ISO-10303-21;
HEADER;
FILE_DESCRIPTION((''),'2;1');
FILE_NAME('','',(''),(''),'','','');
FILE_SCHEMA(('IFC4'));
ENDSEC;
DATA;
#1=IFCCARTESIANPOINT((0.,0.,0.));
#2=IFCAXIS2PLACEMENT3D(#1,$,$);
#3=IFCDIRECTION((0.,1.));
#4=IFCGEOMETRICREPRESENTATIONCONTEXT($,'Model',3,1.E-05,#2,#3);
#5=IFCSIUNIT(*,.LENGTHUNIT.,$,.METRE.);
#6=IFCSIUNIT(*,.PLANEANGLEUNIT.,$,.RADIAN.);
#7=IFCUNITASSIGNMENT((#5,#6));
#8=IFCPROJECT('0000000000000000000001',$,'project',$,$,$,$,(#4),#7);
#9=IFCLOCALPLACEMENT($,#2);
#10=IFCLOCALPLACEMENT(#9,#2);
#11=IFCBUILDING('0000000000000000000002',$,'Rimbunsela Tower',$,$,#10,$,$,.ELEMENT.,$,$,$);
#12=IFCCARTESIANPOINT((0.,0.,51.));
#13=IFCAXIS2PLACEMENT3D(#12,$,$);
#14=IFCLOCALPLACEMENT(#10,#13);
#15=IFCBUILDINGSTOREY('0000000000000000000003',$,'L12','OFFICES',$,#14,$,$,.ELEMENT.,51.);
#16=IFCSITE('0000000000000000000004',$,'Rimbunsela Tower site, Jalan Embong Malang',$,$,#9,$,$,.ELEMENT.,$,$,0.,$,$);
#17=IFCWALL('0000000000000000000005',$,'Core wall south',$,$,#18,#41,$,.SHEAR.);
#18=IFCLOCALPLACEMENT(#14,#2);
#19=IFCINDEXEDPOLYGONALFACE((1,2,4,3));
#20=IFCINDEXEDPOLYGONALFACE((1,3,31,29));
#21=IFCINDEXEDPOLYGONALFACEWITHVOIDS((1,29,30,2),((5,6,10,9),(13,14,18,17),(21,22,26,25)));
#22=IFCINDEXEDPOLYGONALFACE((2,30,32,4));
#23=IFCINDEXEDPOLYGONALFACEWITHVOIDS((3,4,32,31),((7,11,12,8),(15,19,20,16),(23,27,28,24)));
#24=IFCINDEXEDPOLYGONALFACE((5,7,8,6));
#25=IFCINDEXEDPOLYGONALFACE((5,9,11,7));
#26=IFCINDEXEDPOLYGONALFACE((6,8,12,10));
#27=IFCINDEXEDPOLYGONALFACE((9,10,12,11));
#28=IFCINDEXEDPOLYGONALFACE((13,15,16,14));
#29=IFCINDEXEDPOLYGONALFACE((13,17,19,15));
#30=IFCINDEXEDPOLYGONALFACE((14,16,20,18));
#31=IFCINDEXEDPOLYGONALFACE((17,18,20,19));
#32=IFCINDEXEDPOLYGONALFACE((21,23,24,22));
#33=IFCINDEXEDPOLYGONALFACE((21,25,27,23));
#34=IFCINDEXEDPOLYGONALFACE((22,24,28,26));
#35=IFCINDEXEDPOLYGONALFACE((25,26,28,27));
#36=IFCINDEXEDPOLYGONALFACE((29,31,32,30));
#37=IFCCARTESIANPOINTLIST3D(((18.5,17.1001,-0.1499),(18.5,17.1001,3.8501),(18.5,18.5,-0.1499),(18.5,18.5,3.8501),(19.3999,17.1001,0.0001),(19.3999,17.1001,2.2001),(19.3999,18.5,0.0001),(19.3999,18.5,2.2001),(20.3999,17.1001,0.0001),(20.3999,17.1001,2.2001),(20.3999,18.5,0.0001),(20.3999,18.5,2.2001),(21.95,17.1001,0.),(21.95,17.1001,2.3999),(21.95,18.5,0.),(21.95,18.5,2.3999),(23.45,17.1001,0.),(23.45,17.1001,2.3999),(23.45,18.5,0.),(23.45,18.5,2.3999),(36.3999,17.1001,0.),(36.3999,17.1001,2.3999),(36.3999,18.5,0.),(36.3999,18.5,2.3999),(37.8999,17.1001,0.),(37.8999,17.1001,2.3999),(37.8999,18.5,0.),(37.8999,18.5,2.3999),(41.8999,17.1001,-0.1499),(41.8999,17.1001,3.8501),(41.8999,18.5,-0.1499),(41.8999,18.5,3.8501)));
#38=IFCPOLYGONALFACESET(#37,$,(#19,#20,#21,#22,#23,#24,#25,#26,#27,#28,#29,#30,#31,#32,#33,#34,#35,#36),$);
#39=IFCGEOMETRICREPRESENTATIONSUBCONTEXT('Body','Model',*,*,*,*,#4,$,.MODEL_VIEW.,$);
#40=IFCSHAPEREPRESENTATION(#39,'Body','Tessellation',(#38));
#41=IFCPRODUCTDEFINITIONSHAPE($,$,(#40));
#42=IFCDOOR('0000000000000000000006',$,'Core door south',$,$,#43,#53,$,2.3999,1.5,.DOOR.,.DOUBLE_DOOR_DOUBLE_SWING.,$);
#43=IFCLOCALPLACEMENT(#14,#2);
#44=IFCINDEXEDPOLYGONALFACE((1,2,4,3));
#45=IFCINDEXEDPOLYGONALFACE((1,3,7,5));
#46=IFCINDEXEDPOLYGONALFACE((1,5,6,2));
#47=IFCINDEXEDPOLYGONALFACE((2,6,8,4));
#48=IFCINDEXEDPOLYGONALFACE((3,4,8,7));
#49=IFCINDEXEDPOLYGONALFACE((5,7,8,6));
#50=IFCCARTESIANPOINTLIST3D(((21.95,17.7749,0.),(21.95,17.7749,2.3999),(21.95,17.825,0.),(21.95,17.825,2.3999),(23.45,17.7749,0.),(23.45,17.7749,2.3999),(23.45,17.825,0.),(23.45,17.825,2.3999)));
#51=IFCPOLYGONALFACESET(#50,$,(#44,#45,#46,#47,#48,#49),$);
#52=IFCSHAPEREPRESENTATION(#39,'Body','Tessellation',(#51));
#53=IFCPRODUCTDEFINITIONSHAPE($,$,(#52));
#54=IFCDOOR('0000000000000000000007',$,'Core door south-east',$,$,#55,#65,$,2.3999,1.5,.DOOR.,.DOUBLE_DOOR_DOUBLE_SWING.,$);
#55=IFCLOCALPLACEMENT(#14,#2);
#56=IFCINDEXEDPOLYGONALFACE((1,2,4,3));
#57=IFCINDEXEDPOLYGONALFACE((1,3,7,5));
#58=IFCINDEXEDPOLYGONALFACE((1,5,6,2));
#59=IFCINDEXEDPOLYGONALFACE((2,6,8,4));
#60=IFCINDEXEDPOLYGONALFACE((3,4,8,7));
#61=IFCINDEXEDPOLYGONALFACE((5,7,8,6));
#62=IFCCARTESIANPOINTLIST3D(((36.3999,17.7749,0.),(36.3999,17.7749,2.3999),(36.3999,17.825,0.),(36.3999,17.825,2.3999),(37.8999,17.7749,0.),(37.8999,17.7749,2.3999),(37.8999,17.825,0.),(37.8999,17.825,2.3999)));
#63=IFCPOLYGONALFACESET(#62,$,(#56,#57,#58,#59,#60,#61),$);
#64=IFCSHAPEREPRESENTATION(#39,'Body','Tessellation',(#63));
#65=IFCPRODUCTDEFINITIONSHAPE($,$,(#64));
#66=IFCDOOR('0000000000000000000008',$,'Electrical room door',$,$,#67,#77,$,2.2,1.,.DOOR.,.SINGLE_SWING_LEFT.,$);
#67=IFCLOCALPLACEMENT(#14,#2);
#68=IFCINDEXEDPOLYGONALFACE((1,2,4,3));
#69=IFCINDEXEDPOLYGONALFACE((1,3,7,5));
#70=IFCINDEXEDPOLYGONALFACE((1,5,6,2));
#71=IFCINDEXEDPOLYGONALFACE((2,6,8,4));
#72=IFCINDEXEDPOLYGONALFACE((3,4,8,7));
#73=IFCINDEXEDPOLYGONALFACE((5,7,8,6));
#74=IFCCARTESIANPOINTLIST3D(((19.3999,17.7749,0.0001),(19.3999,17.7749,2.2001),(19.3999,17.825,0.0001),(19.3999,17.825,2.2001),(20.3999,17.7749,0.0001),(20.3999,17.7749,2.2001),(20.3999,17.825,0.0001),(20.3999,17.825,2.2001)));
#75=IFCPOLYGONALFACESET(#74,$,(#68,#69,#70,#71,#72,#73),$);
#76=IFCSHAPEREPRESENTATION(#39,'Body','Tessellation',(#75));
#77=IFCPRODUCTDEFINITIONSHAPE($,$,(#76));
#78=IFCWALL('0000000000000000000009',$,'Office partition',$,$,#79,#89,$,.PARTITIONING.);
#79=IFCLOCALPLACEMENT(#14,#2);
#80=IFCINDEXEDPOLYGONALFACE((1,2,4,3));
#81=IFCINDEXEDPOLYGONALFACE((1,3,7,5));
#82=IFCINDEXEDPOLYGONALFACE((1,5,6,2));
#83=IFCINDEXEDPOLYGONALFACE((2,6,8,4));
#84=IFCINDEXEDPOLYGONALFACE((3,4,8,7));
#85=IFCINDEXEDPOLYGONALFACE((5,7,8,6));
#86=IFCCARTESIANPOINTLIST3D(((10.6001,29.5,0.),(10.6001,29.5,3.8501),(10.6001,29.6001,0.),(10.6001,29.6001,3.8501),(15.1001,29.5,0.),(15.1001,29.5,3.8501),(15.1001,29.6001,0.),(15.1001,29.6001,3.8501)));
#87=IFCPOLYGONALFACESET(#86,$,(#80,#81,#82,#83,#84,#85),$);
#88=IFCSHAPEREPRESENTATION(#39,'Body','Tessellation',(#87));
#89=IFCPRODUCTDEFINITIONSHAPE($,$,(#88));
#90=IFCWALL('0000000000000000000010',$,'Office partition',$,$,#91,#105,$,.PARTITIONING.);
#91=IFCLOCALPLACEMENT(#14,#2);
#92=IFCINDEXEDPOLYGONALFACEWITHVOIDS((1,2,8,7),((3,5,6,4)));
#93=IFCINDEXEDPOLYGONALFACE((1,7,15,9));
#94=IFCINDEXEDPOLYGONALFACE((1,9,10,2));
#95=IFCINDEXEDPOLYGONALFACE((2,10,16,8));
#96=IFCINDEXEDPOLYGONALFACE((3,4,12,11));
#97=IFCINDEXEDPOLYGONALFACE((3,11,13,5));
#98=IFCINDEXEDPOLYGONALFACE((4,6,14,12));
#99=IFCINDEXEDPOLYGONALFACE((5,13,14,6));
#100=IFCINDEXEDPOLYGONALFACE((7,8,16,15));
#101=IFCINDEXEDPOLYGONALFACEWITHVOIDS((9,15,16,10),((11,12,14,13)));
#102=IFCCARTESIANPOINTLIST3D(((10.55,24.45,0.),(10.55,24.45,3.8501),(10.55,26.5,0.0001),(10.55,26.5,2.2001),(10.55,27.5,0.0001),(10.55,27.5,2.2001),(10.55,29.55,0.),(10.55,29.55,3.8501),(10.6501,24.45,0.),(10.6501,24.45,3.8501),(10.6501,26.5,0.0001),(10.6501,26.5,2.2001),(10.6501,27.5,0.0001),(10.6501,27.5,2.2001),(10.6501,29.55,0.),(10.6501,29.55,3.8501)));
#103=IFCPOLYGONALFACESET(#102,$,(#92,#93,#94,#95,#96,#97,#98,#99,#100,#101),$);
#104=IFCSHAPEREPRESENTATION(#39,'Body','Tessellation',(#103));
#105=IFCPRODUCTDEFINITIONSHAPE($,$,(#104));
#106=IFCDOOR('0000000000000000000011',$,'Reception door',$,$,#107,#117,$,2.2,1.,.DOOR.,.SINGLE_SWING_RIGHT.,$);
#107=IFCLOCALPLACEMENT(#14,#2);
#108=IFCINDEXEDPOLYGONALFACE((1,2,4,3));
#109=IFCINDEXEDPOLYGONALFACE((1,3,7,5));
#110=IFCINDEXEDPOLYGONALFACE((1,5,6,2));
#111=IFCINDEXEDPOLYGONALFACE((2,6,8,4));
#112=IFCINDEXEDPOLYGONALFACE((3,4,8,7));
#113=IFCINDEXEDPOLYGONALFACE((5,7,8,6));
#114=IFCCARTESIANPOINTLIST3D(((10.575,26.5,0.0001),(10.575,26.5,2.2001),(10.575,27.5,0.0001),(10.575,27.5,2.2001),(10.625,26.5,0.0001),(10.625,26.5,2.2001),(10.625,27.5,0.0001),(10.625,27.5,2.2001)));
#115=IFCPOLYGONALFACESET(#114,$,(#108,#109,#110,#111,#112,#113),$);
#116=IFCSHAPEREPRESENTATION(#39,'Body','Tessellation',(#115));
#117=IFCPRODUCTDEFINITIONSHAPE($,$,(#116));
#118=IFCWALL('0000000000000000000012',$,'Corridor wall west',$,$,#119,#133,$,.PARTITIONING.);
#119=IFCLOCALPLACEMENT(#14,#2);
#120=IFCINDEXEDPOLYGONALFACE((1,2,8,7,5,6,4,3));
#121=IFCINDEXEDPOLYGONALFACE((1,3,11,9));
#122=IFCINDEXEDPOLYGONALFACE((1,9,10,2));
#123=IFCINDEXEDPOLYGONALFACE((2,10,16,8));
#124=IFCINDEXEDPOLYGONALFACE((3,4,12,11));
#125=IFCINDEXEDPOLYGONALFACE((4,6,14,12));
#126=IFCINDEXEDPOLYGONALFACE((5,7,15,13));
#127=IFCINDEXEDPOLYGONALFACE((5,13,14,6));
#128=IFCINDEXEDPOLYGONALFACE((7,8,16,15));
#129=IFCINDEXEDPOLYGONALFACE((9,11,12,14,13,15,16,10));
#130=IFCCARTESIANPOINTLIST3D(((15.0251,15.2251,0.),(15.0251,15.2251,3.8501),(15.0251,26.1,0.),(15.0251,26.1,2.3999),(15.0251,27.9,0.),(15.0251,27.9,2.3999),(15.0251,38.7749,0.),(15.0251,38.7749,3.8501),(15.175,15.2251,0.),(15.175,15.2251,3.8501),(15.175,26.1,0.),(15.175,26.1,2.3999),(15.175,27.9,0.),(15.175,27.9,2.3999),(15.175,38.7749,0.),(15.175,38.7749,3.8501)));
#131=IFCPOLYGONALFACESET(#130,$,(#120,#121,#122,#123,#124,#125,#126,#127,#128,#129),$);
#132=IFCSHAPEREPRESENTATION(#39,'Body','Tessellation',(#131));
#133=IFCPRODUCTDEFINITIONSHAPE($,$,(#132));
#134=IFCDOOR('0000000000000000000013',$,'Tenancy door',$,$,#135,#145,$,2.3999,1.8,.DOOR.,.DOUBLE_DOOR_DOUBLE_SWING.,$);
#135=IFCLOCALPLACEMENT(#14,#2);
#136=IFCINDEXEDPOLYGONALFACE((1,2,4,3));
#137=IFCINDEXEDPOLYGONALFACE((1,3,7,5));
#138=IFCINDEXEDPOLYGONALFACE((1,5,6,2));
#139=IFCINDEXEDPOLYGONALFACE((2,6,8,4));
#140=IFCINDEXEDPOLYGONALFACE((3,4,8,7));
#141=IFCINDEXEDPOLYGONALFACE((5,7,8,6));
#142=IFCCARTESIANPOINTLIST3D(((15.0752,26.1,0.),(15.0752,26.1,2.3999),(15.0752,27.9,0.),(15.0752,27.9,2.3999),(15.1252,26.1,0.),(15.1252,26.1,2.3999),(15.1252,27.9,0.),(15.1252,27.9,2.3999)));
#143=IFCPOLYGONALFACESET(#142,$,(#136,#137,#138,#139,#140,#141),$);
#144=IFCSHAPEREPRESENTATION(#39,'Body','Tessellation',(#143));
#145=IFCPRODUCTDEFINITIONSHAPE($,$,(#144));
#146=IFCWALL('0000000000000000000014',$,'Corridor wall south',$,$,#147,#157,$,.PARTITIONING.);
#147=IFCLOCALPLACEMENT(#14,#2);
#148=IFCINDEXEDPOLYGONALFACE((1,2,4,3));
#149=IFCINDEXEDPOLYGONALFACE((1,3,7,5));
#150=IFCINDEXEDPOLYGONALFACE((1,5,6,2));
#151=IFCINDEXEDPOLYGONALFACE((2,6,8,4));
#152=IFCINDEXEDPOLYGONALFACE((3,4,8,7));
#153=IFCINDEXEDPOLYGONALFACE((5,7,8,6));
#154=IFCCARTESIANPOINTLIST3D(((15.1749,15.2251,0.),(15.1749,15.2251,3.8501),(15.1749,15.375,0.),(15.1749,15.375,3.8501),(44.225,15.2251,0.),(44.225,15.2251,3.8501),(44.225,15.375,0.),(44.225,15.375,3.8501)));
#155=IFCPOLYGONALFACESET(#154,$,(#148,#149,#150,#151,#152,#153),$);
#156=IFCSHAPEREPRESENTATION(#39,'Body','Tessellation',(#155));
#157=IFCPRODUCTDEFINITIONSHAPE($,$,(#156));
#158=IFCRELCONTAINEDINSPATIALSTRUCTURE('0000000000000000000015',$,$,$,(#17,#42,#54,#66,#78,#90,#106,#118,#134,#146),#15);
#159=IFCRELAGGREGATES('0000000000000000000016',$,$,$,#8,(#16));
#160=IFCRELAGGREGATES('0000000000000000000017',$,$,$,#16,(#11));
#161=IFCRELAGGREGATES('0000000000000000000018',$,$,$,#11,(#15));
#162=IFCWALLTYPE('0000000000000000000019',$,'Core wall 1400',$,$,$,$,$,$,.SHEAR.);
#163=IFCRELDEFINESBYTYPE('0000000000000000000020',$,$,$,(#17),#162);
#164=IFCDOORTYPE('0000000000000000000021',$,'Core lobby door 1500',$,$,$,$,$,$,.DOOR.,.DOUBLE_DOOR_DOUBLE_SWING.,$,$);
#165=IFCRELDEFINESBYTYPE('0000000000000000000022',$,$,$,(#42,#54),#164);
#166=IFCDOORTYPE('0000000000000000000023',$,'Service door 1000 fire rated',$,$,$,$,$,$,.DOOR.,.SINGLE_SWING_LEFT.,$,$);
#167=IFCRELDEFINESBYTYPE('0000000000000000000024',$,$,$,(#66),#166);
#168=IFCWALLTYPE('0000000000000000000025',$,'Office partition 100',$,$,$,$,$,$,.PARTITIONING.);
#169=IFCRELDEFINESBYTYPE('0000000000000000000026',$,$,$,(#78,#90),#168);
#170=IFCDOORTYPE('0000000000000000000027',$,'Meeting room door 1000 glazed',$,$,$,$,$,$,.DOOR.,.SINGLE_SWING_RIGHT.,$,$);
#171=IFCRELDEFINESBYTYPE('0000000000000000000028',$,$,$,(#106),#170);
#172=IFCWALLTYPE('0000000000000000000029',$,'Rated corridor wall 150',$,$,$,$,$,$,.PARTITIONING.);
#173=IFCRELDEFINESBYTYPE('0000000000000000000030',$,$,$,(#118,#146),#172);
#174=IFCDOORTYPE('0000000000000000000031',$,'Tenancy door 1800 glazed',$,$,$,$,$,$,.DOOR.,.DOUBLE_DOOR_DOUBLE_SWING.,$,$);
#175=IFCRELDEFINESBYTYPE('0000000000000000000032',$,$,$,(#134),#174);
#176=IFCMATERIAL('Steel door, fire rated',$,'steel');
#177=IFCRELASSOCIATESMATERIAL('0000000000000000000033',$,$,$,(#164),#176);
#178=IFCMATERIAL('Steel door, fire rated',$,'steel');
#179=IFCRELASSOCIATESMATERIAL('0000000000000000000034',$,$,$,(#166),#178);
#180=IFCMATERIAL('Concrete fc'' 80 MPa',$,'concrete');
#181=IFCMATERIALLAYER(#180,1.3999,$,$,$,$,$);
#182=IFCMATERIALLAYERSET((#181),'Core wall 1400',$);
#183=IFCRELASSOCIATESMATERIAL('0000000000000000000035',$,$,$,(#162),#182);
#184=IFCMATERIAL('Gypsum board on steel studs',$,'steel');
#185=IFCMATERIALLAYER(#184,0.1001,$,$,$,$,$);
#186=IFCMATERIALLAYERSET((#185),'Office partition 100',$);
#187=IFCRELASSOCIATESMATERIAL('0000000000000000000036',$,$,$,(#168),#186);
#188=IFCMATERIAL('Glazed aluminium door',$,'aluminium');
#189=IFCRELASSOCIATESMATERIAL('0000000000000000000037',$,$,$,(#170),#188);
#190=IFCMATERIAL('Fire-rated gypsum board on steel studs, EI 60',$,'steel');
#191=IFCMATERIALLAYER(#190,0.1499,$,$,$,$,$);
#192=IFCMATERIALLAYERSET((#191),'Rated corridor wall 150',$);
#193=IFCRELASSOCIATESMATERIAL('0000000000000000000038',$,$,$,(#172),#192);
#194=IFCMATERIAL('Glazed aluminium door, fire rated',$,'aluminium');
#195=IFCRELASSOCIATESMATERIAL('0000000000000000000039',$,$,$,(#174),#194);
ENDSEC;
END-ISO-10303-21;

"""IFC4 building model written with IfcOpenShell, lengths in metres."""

from ifc_helpers import new_model, si_unit, direction, frame, frame_2d, origin, place, context, subcontext, project, spatial, rectangle, extrude, material, layer, layer_set, type_object, element, fill, save


model = new_model("IFC4")

# Units and contexts
model_context = context("Model", 3, precision=1e-05, world=origin(), true_north=direction((0.0, 1.0)))
body_context = subcontext(model_context, "Body", "Model", "MODEL_VIEW")
ifc_project = project(units=[si_unit("LENGTHUNIT", "METRE"), si_unit("PLANEANGLEUNIT", "RADIAN")], contexts=[model_context])

# Site, building, storey
site_placement = place(None, origin())
site = spatial("IfcSite", under=ifc_project, at=site_placement, Name="Rimbunsela Tower site, Jalan Embong Malang", CompositionType="ELEMENT", RefElevation=0.0)
building_placement = place(site_placement, origin())
building = spatial("IfcBuilding", under=site, at=building_placement, Name="Rimbunsela Tower", CompositionType="ELEMENT")
storey_placement = place(building_placement, frame((0.0, 0.0, 51.0)))
storey = spatial("IfcBuildingStorey", under=building, at=storey_placement, Name="L12", Description="OFFICES", CompositionType="ELEMENT", Elevation=51.0)

# Shared definitions
ifc_material_1 = material(Name="Steel door, fire rated", Category="steel")
door_type_1 = type_object("IfcDoorType", Name="Core lobby door 1500", OperationType="DOUBLE_DOOR_DOUBLE_SWING", PredefinedType="DOOR", material=ifc_material_1)

# Shared definitions
ifc_material_2 = material(Name="Steel door, fire rated", Category="steel")
door_type_2 = type_object("IfcDoorType", Name="Service door 1000 fire rated", OperationType="SINGLE_SWING_LEFT", PredefinedType="DOOR", material=ifc_material_2)

# Wall, openings, doors
ifc_material_3 = material(Name="Concrete fc' 80 MPa", Category="concrete")
ifc_layer_1 = layer(ifc_material_3, 1.3999)
ifc_layer_set_1 = layer_set([ifc_layer_1], Name="Core wall 1400")
wall_type_1 = type_object("IfcWallType", Name="Core wall 1400", PredefinedType="SHEAR", material=ifc_layer_set_1)
wall_1_placement = place(storey_placement, frame((18.5, 17.8, -0.1499), z_axis=(0.0, 0.0, 1.0), x_axis=(1.0, 0.0, 0.0)))
wall_1 = element("IfcWall", 1, at=wall_1_placement, inside=storey, type_object=wall_type_1, Name="Core wall south", PredefinedType="SHEAR", context=body_context, shape_type="SweptSolid", body=[
    extrude(rectangle(XDim=23.3999, YDim=1.3999, at=frame_2d((11.7, 0.0))), origin(), (0.0, 0.0, 1.0), 4.0),
])
opening_1_placement = place(wall_1_placement, frame((3.45, 0.0, 0.1499)))
opening_1 = element("IfcOpeningElement", 2, at=opening_1_placement, cuts=wall_1, PredefinedType="OPENING", context=body_context, shape_type="SweptSolid", body=[
    extrude(rectangle(XDim=1.5, YDim=2.3999, at=frame_2d((0.75, 1.2))), frame((0.0, 0.71, 0.0), z_axis=(0.0, -1.0, 0.0), x_axis=(1.0, 0.0, 0.0)), (0.0, 0.0, 1.0), 1.4199),
])
opening_2_placement = place(wall_1_placement, frame((17.8999, 0.0, 0.1499)))
opening_2 = element("IfcOpeningElement", 3, at=opening_2_placement, cuts=wall_1, PredefinedType="OPENING", context=body_context, shape_type="SweptSolid", body=[
    extrude(rectangle(XDim=1.5, YDim=2.3999, at=frame_2d((0.75, 1.2))), frame((0.0, 0.71, 0.0), z_axis=(0.0, -1.0, 0.0), x_axis=(1.0, 0.0, 0.0)), (0.0, 0.0, 1.0), 1.4199),
])
opening_3_placement = place(wall_1_placement, frame((0.8999, 0.0, 0.1499)))
opening_3 = element("IfcOpeningElement", 4, at=opening_3_placement, cuts=wall_1, PredefinedType="OPENING", context=body_context, shape_type="SweptSolid", body=[
    extrude(rectangle(XDim=1.0, YDim=2.2, at=frame_2d((0.5, 1.1001))), frame((0.0, 0.71, 0.0), z_axis=(0.0, -1.0, 0.0), x_axis=(1.0, 0.0, 0.0)), (0.0, 0.0, 1.0), 1.4199),
])
door_1_placement = place(opening_1_placement, origin())
door_1 = element("IfcDoor", 5, at=door_1_placement, inside=storey, type_object=door_type_1, Name="Core door south", OperationType="DOUBLE_DOOR_DOUBLE_SWING", OverallHeight=2.3999, OverallWidth=1.5, PredefinedType="DOOR", context=body_context, shape_type="SweptSolid", body=[
    extrude(rectangle(XDim=1.5, YDim=2.3999, at=frame_2d((0.75, 1.2))), frame((0.0, 0.0249, 0.0), z_axis=(0.0, -1.0, 0.0), x_axis=(1.0, 0.0, 0.0)), (0.0, 0.0, 1.0), 0.05),
])
fill(opening_1, door_1)
door_2_placement = place(opening_2_placement, origin())
door_2 = element("IfcDoor", 6, at=door_2_placement, inside=storey, type_object=door_type_1, Name="Core door south-east", OperationType="DOUBLE_DOOR_DOUBLE_SWING", OverallHeight=2.3999, OverallWidth=1.5, PredefinedType="DOOR", context=body_context, shape_type="SweptSolid", body=[
    extrude(rectangle(XDim=1.5, YDim=2.3999, at=frame_2d((0.75, 1.2))), frame((0.0, 0.0249, 0.0), z_axis=(0.0, -1.0, 0.0), x_axis=(1.0, 0.0, 0.0)), (0.0, 0.0, 1.0), 0.05),
])
fill(opening_2, door_2)
door_3_placement = place(opening_3_placement, origin())
door_3 = element("IfcDoor", 7, at=door_3_placement, inside=storey, type_object=door_type_2, Name="Electrical room door", OperationType="SINGLE_SWING_LEFT", OverallHeight=2.2, OverallWidth=1.0, PredefinedType="DOOR", context=body_context, shape_type="SweptSolid", body=[
    extrude(rectangle(XDim=1.0, YDim=2.2, at=frame_2d((0.5, 1.1001))), frame((0.0, 0.0249, 0.0), z_axis=(0.0, -1.0, 0.0), x_axis=(1.0, 0.0, 0.0)), (0.0, 0.0, 1.0), 0.05),
])
fill(opening_3, door_3)

# Wall
ifc_material_4 = material(Name="Gypsum board on steel studs", Category="steel")
ifc_layer_2 = layer(ifc_material_4, 0.1001)
ifc_layer_set_2 = layer_set([ifc_layer_2], Name="Office partition 100")
wall_type_2 = type_object("IfcWallType", Name="Office partition 100", PredefinedType="PARTITIONING", material=ifc_layer_set_2)
wall_2_placement = place(storey_placement, frame((15.1001, 29.55, 0.0), z_axis=(0.0, 0.0, 1.0), x_axis=(-1.0, 0.0, 0.0)))
element("IfcWall", 8, at=wall_2_placement, inside=storey, type_object=wall_type_2, Name="Office partition", PredefinedType="PARTITIONING", context=body_context, shape_type="SweptSolid", body=[
    extrude(rectangle(XDim=4.5, YDim=0.1001, at=frame_2d((2.25, 0.0))), origin(), (0.0, 0.0, 1.0), 3.8501),
])

# Walls, openings, doors
wall_3_placement = place(storey_placement, frame((10.6001, 29.55, 0.0), z_axis=(0.0, 0.0, 1.0), x_axis=(0.0, -1.0, 0.0)))
wall_3 = element("IfcWall", 9, at=wall_3_placement, inside=storey, type_object=wall_type_2, Name="Office partition", PredefinedType="PARTITIONING", context=body_context, shape_type="SweptSolid", body=[
    extrude(rectangle(XDim=5.1001, YDim=0.1001, at=frame_2d((2.55, 0.0))), origin(), (0.0, 0.0, 1.0), 3.8501),
])
opening_4_placement = place(wall_3_placement, frame((2.05, 0.0, 0.0)))
opening_4 = element("IfcOpeningElement", 10, at=opening_4_placement, cuts=wall_3, PredefinedType="OPENING", context=body_context, shape_type="SweptSolid", body=[
    extrude(rectangle(XDim=1.0, YDim=2.2, at=frame_2d((0.5, 1.1001))), frame((0.0, 0.0601, 0.0), z_axis=(0.0, -1.0, 0.0), x_axis=(1.0, 0.0, 0.0)), (0.0, 0.0, 1.0), 0.1201),
])
ifc_material_5 = material(Name="Glazed aluminium door", Category="aluminium")
door_type_3 = type_object("IfcDoorType", Name="Meeting room door 1000 glazed", OperationType="SINGLE_SWING_RIGHT", PredefinedType="DOOR", material=ifc_material_5)
door_4_placement = place(opening_4_placement, origin())
door_4 = element("IfcDoor", 11, at=door_4_placement, inside=storey, type_object=door_type_3, Name="Reception door", OperationType="SINGLE_SWING_RIGHT", OverallHeight=2.2, OverallWidth=1.0, PredefinedType="DOOR", context=body_context, shape_type="SweptSolid", body=[
    extrude(rectangle(XDim=1.0, YDim=2.2, at=frame_2d((0.5, 1.1001))), frame((0.0, 0.0249, 0.0), z_axis=(0.0, -1.0, 0.0), x_axis=(1.0, 0.0, 0.0)), (0.0, 0.0, 1.0), 0.05),
])
fill(opening_4, door_4)
ifc_material_6 = material(Name="Fire-rated gypsum board on steel studs, EI 60", Category="steel")
ifc_layer_3 = layer(ifc_material_6, 0.1499)
ifc_layer_set_3 = layer_set([ifc_layer_3], Name="Rated corridor wall 150")
wall_type_3 = type_object("IfcWallType", Name="Rated corridor wall 150", PredefinedType="PARTITIONING", material=ifc_layer_set_3)
wall_4_placement = place(storey_placement, frame((15.1001, 15.2251, 0.0), z_axis=(0.0, 0.0, 1.0), x_axis=(0.0, 1.0, 0.0)))
wall_4 = element("IfcWall", 12, at=wall_4_placement, inside=storey, type_object=wall_type_3, Name="Corridor wall west", PredefinedType="PARTITIONING", context=body_context, shape_type="SweptSolid", body=[
    extrude(rectangle(XDim=23.5498, YDim=0.1499, at=frame_2d((11.7749, 0.0))), origin(), (0.0, 0.0, 1.0), 3.8501),
])
opening_5_placement = place(wall_4_placement, frame((10.875, 0.0, 0.0)))
opening_5 = element("IfcOpeningElement", 13, at=opening_5_placement, cuts=wall_4, PredefinedType="OPENING", context=body_context, shape_type="SweptSolid", body=[
    extrude(rectangle(XDim=1.8, YDim=2.3999, at=frame_2d((0.8999, 1.2))), frame((0.0, 0.085, 0.0), z_axis=(0.0, -1.0, 0.0), x_axis=(1.0, 0.0, 0.0)), (0.0, 0.0, 1.0), 0.1699),
])
ifc_material_7 = material(Name="Glazed aluminium door, fire rated", Category="aluminium")
door_type_4 = type_object("IfcDoorType", Name="Tenancy door 1800 glazed", OperationType="DOUBLE_DOOR_DOUBLE_SWING", PredefinedType="DOOR", material=ifc_material_7)
door_5_placement = place(opening_5_placement, origin())
door_5 = element("IfcDoor", 14, at=door_5_placement, inside=storey, type_object=door_type_4, Name="Tenancy door", OperationType="DOUBLE_DOOR_DOUBLE_SWING", OverallHeight=2.3999, OverallWidth=1.8, PredefinedType="DOOR", context=body_context, shape_type="SweptSolid", body=[
    extrude(rectangle(XDim=1.8, YDim=2.3999, at=frame_2d((0.8999, 1.2))), frame((0.0, 0.0249, 0.0), z_axis=(0.0, -1.0, 0.0), x_axis=(1.0, 0.0, 0.0)), (0.0, 0.0, 1.0), 0.05),
])
fill(opening_5, door_5)

# Wall
wall_5_placement = place(storey_placement, frame((15.175, 15.3, 0.0), z_axis=(0.0, 0.0, 1.0), x_axis=(1.0, 0.0, 0.0)))
element("IfcWall", 15, at=wall_5_placement, inside=storey, type_object=wall_type_3, Name="Corridor wall south", PredefinedType="PARTITIONING", context=body_context, shape_type="SweptSolid", body=[
    extrude(rectangle(XDim=29.05, YDim=0.1499, at=frame_2d((14.5249, 0.0))), origin(), (0.0, 0.0, 1.0), 3.8501),
])

save(model, "model.ifc")
